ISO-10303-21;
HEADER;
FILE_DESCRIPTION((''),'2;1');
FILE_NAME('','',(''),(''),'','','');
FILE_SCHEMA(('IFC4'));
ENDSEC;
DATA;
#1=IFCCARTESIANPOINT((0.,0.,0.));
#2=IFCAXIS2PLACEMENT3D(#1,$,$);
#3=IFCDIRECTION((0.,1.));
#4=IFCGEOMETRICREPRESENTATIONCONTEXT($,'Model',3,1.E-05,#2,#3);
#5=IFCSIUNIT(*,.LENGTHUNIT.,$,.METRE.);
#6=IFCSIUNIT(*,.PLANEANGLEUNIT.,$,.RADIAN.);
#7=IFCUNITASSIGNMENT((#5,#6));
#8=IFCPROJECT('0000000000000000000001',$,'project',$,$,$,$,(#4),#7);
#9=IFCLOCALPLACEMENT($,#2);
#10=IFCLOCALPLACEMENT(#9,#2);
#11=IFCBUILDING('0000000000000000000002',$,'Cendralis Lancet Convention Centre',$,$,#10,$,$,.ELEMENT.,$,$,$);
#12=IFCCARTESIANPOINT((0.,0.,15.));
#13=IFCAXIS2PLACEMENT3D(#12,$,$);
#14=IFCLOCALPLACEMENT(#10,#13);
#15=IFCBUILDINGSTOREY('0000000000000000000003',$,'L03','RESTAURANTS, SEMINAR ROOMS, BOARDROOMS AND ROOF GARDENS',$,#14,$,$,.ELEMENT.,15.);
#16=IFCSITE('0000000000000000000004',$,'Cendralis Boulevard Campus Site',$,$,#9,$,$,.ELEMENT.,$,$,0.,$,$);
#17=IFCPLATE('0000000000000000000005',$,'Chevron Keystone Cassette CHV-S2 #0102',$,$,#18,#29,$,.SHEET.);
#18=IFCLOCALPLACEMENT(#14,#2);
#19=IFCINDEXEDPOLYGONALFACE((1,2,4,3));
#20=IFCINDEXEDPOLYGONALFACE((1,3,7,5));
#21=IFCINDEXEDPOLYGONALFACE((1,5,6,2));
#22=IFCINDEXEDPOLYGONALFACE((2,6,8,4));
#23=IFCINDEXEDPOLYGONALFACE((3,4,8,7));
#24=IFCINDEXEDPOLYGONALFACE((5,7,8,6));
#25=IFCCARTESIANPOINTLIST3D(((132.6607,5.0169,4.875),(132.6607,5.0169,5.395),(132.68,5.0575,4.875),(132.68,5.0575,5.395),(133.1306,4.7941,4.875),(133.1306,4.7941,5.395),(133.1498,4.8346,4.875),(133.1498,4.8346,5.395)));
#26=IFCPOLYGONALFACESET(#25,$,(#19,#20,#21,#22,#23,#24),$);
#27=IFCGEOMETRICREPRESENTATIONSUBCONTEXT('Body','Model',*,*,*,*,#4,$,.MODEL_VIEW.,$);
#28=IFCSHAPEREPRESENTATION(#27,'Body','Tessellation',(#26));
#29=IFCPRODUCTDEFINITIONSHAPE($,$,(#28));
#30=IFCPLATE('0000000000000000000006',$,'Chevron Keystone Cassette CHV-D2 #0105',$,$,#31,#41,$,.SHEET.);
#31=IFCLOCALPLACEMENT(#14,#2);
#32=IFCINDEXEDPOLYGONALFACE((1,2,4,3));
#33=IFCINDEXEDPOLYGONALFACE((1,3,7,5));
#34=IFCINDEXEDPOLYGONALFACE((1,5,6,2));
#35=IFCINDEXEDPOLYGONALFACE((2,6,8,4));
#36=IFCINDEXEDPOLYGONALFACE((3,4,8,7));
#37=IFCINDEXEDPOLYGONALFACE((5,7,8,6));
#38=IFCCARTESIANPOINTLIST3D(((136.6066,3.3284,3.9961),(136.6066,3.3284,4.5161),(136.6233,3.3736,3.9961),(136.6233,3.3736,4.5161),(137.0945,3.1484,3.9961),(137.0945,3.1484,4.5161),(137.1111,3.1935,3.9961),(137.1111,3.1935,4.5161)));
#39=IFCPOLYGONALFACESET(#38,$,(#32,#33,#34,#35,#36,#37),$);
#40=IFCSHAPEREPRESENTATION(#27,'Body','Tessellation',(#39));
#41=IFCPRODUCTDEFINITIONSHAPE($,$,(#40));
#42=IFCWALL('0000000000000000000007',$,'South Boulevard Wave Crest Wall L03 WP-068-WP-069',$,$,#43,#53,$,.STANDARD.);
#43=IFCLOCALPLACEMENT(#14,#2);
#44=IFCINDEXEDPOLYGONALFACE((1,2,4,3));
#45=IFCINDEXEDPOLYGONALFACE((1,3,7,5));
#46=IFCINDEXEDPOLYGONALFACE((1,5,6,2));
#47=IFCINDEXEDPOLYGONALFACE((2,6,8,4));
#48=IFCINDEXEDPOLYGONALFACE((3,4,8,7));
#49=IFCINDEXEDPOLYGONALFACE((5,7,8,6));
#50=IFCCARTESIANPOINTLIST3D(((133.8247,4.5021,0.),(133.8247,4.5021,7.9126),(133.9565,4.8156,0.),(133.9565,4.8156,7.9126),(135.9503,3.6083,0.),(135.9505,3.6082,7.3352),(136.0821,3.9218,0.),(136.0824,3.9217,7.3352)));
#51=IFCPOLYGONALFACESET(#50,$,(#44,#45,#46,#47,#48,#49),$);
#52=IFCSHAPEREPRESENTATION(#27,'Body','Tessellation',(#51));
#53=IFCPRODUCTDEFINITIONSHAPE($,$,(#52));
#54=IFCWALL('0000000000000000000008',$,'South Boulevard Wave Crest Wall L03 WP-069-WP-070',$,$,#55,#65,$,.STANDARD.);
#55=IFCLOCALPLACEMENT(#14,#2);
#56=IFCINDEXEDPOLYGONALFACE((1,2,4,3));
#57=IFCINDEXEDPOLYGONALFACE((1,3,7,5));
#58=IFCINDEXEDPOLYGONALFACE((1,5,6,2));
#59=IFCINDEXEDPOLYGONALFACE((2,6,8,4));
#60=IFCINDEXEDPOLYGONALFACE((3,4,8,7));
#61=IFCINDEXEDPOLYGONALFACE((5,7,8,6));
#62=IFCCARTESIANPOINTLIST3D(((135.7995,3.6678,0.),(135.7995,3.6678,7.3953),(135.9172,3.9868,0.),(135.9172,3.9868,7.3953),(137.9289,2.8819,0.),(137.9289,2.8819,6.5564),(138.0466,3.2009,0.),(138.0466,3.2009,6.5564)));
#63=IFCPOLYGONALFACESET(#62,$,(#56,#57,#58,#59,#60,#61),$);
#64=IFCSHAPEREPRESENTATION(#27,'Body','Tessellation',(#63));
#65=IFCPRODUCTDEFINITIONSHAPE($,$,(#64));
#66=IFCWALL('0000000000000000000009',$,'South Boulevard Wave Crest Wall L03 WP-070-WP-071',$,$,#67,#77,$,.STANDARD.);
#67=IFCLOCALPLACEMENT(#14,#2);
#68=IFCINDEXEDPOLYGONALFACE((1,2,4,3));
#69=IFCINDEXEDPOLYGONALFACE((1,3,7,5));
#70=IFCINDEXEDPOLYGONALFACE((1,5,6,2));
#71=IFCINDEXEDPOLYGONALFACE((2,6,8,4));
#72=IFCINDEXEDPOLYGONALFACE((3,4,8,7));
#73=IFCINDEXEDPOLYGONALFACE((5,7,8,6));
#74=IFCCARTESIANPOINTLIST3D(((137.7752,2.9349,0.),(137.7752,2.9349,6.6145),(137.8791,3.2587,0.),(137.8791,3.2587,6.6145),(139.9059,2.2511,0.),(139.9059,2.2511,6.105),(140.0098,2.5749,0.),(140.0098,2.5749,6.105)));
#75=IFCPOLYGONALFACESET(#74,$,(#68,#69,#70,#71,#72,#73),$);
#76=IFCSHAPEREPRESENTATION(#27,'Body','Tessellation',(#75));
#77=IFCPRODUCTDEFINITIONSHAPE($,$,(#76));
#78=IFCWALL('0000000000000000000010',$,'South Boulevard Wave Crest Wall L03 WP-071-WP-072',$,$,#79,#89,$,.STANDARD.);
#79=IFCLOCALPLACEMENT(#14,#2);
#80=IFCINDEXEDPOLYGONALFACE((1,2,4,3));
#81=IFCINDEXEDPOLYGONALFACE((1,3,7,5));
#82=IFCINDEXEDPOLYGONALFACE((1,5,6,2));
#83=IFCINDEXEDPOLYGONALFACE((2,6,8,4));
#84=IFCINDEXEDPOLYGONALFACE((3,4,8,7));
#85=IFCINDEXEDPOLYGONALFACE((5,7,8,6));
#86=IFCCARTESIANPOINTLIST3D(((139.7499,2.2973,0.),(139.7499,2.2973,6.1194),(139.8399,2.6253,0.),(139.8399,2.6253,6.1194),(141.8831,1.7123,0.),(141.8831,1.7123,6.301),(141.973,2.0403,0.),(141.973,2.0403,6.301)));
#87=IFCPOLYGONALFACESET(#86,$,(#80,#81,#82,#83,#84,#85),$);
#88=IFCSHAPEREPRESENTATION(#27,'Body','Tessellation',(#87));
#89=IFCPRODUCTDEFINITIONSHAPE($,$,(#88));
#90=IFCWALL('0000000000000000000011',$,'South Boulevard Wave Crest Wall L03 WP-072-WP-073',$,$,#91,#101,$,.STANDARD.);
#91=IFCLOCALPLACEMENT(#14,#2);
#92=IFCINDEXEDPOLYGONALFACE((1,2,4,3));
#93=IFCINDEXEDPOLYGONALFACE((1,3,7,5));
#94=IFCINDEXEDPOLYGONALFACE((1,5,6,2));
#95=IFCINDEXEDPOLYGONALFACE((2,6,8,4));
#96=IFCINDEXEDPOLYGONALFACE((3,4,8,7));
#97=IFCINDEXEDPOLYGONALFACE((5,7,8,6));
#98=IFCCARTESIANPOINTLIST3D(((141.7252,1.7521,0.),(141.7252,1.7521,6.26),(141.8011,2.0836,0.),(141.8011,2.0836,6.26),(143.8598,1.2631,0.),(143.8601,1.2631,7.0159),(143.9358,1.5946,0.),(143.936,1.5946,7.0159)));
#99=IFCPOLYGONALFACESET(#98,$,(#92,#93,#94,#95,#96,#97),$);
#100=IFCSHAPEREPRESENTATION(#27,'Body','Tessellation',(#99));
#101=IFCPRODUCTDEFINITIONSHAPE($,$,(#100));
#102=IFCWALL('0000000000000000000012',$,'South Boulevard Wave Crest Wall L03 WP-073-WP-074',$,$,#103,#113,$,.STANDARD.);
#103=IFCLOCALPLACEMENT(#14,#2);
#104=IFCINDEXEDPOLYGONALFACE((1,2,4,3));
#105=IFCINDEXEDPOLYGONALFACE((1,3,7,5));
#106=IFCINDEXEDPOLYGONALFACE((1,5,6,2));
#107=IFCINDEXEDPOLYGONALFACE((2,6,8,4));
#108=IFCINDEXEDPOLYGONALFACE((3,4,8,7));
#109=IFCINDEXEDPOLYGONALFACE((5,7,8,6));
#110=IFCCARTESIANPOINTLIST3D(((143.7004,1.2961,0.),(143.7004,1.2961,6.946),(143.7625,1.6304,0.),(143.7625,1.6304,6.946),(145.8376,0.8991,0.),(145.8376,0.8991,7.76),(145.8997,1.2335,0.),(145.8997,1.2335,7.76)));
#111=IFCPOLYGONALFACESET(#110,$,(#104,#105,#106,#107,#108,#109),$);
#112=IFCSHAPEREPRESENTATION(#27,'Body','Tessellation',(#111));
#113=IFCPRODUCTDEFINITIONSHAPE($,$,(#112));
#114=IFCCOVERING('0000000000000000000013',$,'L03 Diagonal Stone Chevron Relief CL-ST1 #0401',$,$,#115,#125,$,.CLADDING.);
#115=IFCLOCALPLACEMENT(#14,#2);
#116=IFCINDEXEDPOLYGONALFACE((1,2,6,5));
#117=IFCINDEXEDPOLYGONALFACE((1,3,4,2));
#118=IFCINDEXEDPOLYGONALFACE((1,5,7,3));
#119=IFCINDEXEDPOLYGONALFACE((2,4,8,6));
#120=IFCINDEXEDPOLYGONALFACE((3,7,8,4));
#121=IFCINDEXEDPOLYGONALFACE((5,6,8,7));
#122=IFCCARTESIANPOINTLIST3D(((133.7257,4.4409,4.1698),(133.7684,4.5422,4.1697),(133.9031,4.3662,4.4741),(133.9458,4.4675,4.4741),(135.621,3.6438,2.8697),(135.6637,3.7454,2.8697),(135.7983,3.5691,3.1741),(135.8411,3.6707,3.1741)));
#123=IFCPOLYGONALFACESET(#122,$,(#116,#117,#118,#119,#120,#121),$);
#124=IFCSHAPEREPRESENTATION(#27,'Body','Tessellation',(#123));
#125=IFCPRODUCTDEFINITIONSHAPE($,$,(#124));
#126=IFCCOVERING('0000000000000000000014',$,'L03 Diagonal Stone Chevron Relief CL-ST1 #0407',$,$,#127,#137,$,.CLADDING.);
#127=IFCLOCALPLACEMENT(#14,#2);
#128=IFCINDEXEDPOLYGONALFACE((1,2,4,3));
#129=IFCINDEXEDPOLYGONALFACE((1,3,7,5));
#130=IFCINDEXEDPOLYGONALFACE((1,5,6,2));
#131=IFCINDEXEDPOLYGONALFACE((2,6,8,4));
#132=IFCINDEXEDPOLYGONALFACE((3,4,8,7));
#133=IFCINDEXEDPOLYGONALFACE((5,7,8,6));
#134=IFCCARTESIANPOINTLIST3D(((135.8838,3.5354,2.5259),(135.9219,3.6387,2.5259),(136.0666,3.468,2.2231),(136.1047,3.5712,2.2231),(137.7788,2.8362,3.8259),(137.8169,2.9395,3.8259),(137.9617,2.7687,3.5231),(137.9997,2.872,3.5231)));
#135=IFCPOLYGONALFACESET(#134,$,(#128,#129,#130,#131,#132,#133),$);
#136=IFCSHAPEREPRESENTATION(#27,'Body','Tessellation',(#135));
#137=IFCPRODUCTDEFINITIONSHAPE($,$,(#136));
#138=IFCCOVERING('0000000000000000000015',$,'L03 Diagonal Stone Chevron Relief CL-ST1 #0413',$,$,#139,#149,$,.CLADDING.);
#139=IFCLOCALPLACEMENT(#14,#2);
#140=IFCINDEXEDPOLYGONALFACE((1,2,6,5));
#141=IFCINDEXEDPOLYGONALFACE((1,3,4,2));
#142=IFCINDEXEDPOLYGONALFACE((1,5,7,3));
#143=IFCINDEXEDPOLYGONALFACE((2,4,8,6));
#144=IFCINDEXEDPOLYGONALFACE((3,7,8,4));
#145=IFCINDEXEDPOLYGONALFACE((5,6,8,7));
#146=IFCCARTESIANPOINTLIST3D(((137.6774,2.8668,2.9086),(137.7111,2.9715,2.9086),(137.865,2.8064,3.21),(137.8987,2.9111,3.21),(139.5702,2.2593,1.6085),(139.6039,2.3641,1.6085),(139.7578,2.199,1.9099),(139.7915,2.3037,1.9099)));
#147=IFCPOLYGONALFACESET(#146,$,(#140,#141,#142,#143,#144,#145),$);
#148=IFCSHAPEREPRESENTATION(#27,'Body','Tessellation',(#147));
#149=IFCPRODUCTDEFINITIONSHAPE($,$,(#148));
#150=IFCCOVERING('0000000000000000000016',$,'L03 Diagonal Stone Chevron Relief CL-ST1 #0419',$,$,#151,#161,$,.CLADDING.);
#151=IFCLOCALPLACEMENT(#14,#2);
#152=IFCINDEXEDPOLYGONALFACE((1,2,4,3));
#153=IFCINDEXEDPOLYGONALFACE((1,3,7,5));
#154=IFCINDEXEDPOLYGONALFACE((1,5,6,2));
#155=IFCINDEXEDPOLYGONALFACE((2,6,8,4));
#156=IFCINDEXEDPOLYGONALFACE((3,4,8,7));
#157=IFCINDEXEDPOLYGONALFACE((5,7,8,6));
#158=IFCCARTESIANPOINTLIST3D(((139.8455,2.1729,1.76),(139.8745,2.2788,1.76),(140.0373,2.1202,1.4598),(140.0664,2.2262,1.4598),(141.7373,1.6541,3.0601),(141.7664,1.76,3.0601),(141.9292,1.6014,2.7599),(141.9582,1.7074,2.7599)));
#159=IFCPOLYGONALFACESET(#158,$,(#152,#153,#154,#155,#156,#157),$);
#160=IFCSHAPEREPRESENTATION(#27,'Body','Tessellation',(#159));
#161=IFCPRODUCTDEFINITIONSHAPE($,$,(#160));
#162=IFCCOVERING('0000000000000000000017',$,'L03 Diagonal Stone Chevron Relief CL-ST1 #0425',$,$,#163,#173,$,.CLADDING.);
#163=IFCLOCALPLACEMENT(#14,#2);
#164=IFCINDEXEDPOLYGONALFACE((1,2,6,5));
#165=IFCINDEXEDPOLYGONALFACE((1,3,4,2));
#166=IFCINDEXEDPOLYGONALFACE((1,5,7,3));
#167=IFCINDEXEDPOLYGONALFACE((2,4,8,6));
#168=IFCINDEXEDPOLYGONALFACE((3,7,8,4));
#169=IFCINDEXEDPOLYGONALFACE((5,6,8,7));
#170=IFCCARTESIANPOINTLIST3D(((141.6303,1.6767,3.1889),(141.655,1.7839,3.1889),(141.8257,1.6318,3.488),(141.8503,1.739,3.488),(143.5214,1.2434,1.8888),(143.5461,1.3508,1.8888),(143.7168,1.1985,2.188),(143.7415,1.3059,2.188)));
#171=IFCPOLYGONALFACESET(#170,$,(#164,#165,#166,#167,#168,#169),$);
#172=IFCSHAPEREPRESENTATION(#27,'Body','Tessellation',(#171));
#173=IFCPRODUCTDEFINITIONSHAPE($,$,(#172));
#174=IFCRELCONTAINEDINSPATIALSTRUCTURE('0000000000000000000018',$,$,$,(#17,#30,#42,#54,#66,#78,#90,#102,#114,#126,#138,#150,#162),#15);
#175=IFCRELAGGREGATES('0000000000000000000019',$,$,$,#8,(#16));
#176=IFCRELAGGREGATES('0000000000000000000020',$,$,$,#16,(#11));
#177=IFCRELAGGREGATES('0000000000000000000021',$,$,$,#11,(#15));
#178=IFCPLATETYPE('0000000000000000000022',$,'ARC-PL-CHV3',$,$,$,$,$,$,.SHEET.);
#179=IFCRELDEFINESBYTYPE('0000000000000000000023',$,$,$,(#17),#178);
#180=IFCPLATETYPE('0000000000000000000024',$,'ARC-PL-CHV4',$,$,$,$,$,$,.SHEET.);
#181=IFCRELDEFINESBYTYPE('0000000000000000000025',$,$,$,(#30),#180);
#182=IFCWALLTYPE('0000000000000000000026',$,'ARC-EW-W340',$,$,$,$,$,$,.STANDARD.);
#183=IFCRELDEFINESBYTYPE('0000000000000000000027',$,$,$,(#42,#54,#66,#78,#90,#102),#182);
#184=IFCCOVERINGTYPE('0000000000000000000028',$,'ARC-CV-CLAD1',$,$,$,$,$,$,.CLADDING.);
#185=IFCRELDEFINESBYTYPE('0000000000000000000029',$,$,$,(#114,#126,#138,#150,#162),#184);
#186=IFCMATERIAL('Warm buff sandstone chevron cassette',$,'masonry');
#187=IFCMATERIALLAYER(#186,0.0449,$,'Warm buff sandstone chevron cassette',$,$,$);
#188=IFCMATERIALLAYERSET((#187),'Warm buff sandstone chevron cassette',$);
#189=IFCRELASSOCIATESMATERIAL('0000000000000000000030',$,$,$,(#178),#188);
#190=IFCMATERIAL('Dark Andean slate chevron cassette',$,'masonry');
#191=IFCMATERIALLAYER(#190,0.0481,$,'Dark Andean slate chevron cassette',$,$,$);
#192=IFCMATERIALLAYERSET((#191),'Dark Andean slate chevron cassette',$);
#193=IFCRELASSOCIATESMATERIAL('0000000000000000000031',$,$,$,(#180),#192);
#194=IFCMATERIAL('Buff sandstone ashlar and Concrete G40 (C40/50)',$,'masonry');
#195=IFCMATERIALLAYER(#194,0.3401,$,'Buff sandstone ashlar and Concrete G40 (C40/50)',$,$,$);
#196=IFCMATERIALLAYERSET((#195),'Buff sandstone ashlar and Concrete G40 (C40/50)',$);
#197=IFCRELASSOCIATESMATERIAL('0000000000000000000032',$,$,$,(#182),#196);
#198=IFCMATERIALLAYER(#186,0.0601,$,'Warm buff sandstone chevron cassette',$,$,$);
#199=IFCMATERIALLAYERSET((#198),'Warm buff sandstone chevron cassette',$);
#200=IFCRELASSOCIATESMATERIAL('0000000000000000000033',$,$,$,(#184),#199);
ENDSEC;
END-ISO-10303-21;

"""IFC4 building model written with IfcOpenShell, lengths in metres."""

from ifc_helpers import new_model, si_unit, direction, frame, origin, origin_2d, place, context, subcontext, project, spatial, polyline, rectangle, outline, extrude, material, layer, layer_set, type_object, element, save


model = new_model("IFC4")

# Units and contexts
model_context = context("Model", 3, precision=1e-05, world=origin(), true_north=direction((0.0, 1.0)))
body_context = subcontext(model_context, "Body", "Model", "MODEL_VIEW")
ifc_project = project(units=[si_unit("LENGTHUNIT", "METRE"), si_unit("PLANEANGLEUNIT", "RADIAN")], contexts=[model_context])

# Site, building, storey
site_placement = place(None, origin())
site = spatial("IfcSite", under=ifc_project, at=site_placement, Name="Cendralis Boulevard Campus Site", CompositionType="ELEMENT", RefElevation=0.0)
building_placement = place(site_placement, origin())
building = spatial("IfcBuilding", under=site, at=building_placement, Name="Cendralis Lancet Convention Centre", CompositionType="ELEMENT")
storey_placement = place(building_placement, frame((0.0, 0.0, 15.0)))
storey = spatial("IfcBuildingStorey", under=building, at=storey_placement, Name="L03", Description="RESTAURANTS, SEMINAR ROOMS, BOARDROOMS AND ROOF GARDENS", CompositionType="ELEMENT", Elevation=15.0)

# Plates
ifc_material_1 = material(Name="Warm buff sandstone chevron cassette", Category="masonry")
ifc_layer_1 = layer(ifc_material_1, 0.0449, Name="Warm buff sandstone chevron cassette")
ifc_layer_set_1 = layer_set([ifc_layer_1], Name="Warm buff sandstone chevron cassette")
plate_type_1 = type_object("IfcPlateType", Name="ARC-PL-CHV3", PredefinedType="SHEET", material=ifc_layer_set_1)
plate_1_placement = place(storey_placement, frame((132.9053, 4.9258, 4.875), z_axis=(0.0, 0.0, 1.0), x_axis=(0.903507, -0.428572, 0.0)))
element("IfcPlate", 1, at=plate_1_placement, inside=storey, type_object=plate_type_1, Name="Chevron Keystone Cassette CHV-S2 #0102", PredefinedType="SHEET", context=body_context, shape_type="SweptSolid", body=[
    extrude(rectangle(XDim=0.52, YDim=0.0449, at=origin_2d()), origin(), (0.0, 0.0, 1.0), 0.52),
])
ifc_material_2 = material(Name="Dark Andean slate chevron cassette", Category="masonry")
ifc_layer_2 = layer(ifc_material_2, 0.0481, Name="Dark Andean slate chevron cassette")
ifc_layer_set_2 = layer_set([ifc_layer_2], Name="Dark Andean slate chevron cassette")
plate_type_2 = type_object("IfcPlateType", Name="ARC-PL-CHV4", PredefinedType="SHEET", material=ifc_layer_set_2)
plate_2_placement = place(storey_placement, frame((136.8589, 3.261, 3.9961), z_axis=(0.0, 0.0, 1.0), x_axis=(0.938155, -0.346215, 0.0)))
element("IfcPlate", 2, at=plate_2_placement, inside=storey, type_object=plate_type_2, Name="Chevron Keystone Cassette CHV-D2 #0105", PredefinedType="SHEET", context=body_context, shape_type="SweptSolid", body=[
    extrude(rectangle(XDim=0.52, YDim=0.0481, at=origin_2d()), origin(), (0.0, 0.0, 1.0), 0.52),
])

# Walls
ifc_material_3 = material(Name="Buff sandstone ashlar and Concrete G40 (C40/50)", Category="masonry")
ifc_layer_3 = layer(ifc_material_3, 0.3401, Name="Buff sandstone ashlar and Concrete G40 (C40/50)")
ifc_layer_set_3 = layer_set([ifc_layer_3], Name="Buff sandstone ashlar and Concrete G40 (C40/50)")
wall_type = type_object("IfcWallType", Name="ARC-EW-W340", PredefinedType="STANDARD", material=ifc_layer_set_3)
wall_1_placement = place(storey_placement, frame((133.8906, 4.6589, 0.0), z_axis=(0.0, 0.0, 1.0), x_axis=(0.921829, -0.387598, 0.0)))
element("IfcWall", 3, at=wall_1_placement, inside=storey, type_object=wall_type, Name="South Boulevard Wave Crest Wall L03 WP-068-WP-069", PredefinedType="STANDARD", context=body_context, shape_type="SweptSolid", body=[
    extrude(outline(polyline([(0.0, 0.0), (2.3059, 0.0), (2.3062, 7.3352), (0.0, 7.9126), (0.0, 0.0)])), frame((0.0, 0.1699, 0.0), z_axis=(0.0, -1.0, 0.0), x_axis=(1.0, 0.0, 0.0)), (0.0, 0.0, 1.0), 0.3401),
])
wall_2_placement = place(storey_placement, frame((135.8584, 3.8274, 0.0), z_axis=(0.0, 0.0, 1.0), x_axis=(0.938146, -0.346239, 0.0)))
element("IfcWall", 4, at=wall_2_placement, inside=storey, type_object=wall_type, Name="South Boulevard Wave Crest Wall L03 WP-069-WP-070", PredefinedType="STANDARD", context=body_context, shape_type="SweptSolid", body=[
    extrude(outline(polyline([(0.0, 0.0), (2.2698, 0.0), (2.2698, 6.5564), (0.0, 7.3953), (0.0, 0.0)])), frame((0.0, 0.1699, 0.0), z_axis=(0.0, -1.0, 0.0), x_axis=(1.0, 0.0, 0.0)), (0.0, 0.0, 1.0), 0.3401),
])
wall_3_placement = place(storey_placement, frame((137.8271, 3.0969, 0.0), z_axis=(0.0, 0.0, 1.0), x_axis=(0.952169, -0.305571, 0.0)))
element("IfcWall", 5, at=wall_3_placement, inside=storey, type_object=wall_type, Name="South Boulevard Wave Crest Wall L03 WP-070-WP-071", PredefinedType="STANDARD", context=body_context, shape_type="SweptSolid", body=[
    extrude(outline(polyline([(0.0, 0.0), (2.2378, 0.0), (2.2378, 6.105), (0.0, 6.6145), (0.0, 0.0)])), frame((0.0, 0.1699, 0.0), z_axis=(0.0, -1.0, 0.0), x_axis=(1.0, 0.0, 0.0)), (0.0, 0.0, 1.0), 0.3401),
])
wall_4_placement = place(storey_placement, frame((139.7949, 2.4614, 0.0), z_axis=(0.0, 0.0, 1.0), x_axis=(0.964394, -0.264471, 0.0)))
element("IfcWall", 6, at=wall_4_placement, inside=storey, type_object=wall_type, Name="South Boulevard Wave Crest Wall L03 WP-071-WP-072", PredefinedType="STANDARD", context=body_context, shape_type="SweptSolid", body=[
    extrude(outline(polyline([(0.0, 0.0), (2.2119, 0.0), (2.2119, 6.301), (0.0, 6.1194), (0.0, 0.0)])), frame((0.0, 0.1699, 0.0), z_axis=(0.0, -1.0, 0.0), x_axis=(1.0, 0.0, 0.0)), (0.0, 0.0, 1.0), 0.3401),
])
wall_5_placement = place(storey_placement, frame((141.7632, 1.918, 0.0), z_axis=(0.0, 0.0, 1.0), x_axis=(0.974753, -0.223288, 0.0)))
element("IfcWall", 7, at=wall_5_placement, inside=storey, type_object=wall_type, Name="South Boulevard Wave Crest Wall L03 WP-072-WP-073", PredefinedType="STANDARD", context=body_context, shape_type="SweptSolid", body=[
    extrude(outline(polyline([(0.0, 0.0), (2.1899, 0.0), (2.1902, 7.0159), (0.0, 6.26), (0.0, 0.0)])), frame((0.0, 0.1699, 0.0), z_axis=(0.0, -1.0, 0.0), x_axis=(1.0, 0.0, 0.0)), (0.0, 0.0, 1.0), 0.3401),
])
wall_6_placement = place(storey_placement, frame((143.7314, 1.4634, 0.0), z_axis=(0.0, 0.0, 1.0), x_axis=(0.983184, -0.18262, 0.0)))
element("IfcWall", 8, at=wall_6_placement, inside=storey, type_object=wall_type, Name="South Boulevard Wave Crest Wall L03 WP-073-WP-074", PredefinedType="STANDARD", context=body_context, shape_type="SweptSolid", body=[
    extrude(outline(polyline([(0.0, 0.0), (2.1738, 0.0), (2.1738, 7.76), (0.0, 6.946), (0.0, 0.0)])), frame((0.0, 0.1699, 0.0), z_axis=(0.0, -1.0, 0.0), x_axis=(1.0, 0.0, 0.0)), (0.0, 0.0, 1.0), 0.3401),
])

# Coverings
ifc_layer_4 = layer(ifc_material_1, 0.0601, Name="Warm buff sandstone chevron cassette")
ifc_layer_set_4 = layer_set([ifc_layer_4], Name="Warm buff sandstone chevron cassette")
covering_type_1 = type_object("IfcCoveringType", Name="ARC-CV-CLAD1", PredefinedType="CLADDING", material=ifc_layer_set_4)
covering_1_placement = place(storey_placement, frame((133.9031, 4.3662, 4.4741), z_axis=(0.492533, -0.207445, 0.845209), x_axis=(0.779105, -0.32768, -0.534436)))
element("IfcCovering", 9, at=covering_1_placement, inside=storey, type_object=covering_type_1, Name="L03 Diagonal Stone Chevron Relief CL-ST1 #0401", PredefinedType="CLADDING", context=body_context, shape_type="SweptSolid", body=[
    extrude(outline(polyline([(0.0, 0.0), (2.4326, 0.0), (2.4326, 0.1102), (0.0001, 0.11), (0.0, 0.0)])), origin(), (0.0, 0.0, -1.0), 0.3601),
])
covering_2_placement = place(storey_placement, frame((135.8838, 3.5354, 2.5259), z_axis=(-0.50778, 0.187266, 0.840887), x_axis=(0.788898, -0.291085, 0.541211)))
element("IfcCovering", 10, at=covering_2_placement, inside=storey, type_object=covering_type_1, Name="L03 Diagonal Stone Chevron Relief CL-ST1 #0407", PredefinedType="CLADDING", context=body_context, shape_type="SweptSolid", body=[
    extrude(outline(polyline([(0.0, 0.0), (2.4021, 0.0), (2.4021, 0.1101), (0.0, 0.1101), (0.0, 0.0)])), origin(), (0.0, 0.0, -1.0), 0.3601),
])
covering_3_placement = place(storey_placement, frame((137.865, 2.8064, 3.21), z_axis=(0.521035, -0.167606, 0.836918), x_axis=(0.79689, -0.255728, -0.547329)))
element("IfcCovering", 11, at=covering_3_placement, inside=storey, type_object=covering_type_1, Name="L03 Diagonal Stone Chevron Relief CL-ST1 #0413", PredefinedType="CLADDING", context=body_context, shape_type="SweptSolid", body=[
    extrude(outline(polyline([(0.0, 0.0), (2.3753, 0.0), (2.3753, 0.11), (0.0001, 0.11), (0.0, 0.0)])), origin(), (0.0, 0.0, -1.0), 0.3601),
])
covering_4_placement = place(storey_placement, frame((139.8455, 2.1729, 1.76), z_axis=(-0.532756, 0.146078, 0.833566), x_axis=(0.803887, -0.220449, 0.55242)))
element("IfcCovering", 12, at=covering_4_placement, inside=storey, type_object=covering_type_1, Name="L03 Diagonal Stone Chevron Relief CL-ST1 #0419", PredefinedType="CLADDING", context=body_context, shape_type="SweptSolid", body=[
    extrude(outline(polyline([(0.0, 0.0), (2.3534, 0.0), (2.3534, 0.1099), (0.0, 0.1099), (0.0, 0.0)])), origin(), (0.0, 0.0, -1.0), 0.3601),
])
covering_5_placement = place(storey_placement, frame((141.8257, 1.6318, 3.488), z_axis=(0.542528, -0.124676, 0.830734), x_axis=(0.809746, -0.185554, -0.556669)))
element("IfcCovering", 13, at=covering_5_placement, inside=storey, type_object=covering_type_1, Name="L03 Diagonal Stone Chevron Relief CL-ST1 #0425", PredefinedType="CLADDING", context=body_context, shape_type="SweptSolid", body=[
    extrude(outline(polyline([(0.0, 0.0), (2.3354, 0.0), (2.3355, 0.1102), (0.0001, 0.11), (0.0, 0.0)])), origin(), (0.0, 0.0, -1.0), 0.3601),
])

save(model, "model.ifc")
